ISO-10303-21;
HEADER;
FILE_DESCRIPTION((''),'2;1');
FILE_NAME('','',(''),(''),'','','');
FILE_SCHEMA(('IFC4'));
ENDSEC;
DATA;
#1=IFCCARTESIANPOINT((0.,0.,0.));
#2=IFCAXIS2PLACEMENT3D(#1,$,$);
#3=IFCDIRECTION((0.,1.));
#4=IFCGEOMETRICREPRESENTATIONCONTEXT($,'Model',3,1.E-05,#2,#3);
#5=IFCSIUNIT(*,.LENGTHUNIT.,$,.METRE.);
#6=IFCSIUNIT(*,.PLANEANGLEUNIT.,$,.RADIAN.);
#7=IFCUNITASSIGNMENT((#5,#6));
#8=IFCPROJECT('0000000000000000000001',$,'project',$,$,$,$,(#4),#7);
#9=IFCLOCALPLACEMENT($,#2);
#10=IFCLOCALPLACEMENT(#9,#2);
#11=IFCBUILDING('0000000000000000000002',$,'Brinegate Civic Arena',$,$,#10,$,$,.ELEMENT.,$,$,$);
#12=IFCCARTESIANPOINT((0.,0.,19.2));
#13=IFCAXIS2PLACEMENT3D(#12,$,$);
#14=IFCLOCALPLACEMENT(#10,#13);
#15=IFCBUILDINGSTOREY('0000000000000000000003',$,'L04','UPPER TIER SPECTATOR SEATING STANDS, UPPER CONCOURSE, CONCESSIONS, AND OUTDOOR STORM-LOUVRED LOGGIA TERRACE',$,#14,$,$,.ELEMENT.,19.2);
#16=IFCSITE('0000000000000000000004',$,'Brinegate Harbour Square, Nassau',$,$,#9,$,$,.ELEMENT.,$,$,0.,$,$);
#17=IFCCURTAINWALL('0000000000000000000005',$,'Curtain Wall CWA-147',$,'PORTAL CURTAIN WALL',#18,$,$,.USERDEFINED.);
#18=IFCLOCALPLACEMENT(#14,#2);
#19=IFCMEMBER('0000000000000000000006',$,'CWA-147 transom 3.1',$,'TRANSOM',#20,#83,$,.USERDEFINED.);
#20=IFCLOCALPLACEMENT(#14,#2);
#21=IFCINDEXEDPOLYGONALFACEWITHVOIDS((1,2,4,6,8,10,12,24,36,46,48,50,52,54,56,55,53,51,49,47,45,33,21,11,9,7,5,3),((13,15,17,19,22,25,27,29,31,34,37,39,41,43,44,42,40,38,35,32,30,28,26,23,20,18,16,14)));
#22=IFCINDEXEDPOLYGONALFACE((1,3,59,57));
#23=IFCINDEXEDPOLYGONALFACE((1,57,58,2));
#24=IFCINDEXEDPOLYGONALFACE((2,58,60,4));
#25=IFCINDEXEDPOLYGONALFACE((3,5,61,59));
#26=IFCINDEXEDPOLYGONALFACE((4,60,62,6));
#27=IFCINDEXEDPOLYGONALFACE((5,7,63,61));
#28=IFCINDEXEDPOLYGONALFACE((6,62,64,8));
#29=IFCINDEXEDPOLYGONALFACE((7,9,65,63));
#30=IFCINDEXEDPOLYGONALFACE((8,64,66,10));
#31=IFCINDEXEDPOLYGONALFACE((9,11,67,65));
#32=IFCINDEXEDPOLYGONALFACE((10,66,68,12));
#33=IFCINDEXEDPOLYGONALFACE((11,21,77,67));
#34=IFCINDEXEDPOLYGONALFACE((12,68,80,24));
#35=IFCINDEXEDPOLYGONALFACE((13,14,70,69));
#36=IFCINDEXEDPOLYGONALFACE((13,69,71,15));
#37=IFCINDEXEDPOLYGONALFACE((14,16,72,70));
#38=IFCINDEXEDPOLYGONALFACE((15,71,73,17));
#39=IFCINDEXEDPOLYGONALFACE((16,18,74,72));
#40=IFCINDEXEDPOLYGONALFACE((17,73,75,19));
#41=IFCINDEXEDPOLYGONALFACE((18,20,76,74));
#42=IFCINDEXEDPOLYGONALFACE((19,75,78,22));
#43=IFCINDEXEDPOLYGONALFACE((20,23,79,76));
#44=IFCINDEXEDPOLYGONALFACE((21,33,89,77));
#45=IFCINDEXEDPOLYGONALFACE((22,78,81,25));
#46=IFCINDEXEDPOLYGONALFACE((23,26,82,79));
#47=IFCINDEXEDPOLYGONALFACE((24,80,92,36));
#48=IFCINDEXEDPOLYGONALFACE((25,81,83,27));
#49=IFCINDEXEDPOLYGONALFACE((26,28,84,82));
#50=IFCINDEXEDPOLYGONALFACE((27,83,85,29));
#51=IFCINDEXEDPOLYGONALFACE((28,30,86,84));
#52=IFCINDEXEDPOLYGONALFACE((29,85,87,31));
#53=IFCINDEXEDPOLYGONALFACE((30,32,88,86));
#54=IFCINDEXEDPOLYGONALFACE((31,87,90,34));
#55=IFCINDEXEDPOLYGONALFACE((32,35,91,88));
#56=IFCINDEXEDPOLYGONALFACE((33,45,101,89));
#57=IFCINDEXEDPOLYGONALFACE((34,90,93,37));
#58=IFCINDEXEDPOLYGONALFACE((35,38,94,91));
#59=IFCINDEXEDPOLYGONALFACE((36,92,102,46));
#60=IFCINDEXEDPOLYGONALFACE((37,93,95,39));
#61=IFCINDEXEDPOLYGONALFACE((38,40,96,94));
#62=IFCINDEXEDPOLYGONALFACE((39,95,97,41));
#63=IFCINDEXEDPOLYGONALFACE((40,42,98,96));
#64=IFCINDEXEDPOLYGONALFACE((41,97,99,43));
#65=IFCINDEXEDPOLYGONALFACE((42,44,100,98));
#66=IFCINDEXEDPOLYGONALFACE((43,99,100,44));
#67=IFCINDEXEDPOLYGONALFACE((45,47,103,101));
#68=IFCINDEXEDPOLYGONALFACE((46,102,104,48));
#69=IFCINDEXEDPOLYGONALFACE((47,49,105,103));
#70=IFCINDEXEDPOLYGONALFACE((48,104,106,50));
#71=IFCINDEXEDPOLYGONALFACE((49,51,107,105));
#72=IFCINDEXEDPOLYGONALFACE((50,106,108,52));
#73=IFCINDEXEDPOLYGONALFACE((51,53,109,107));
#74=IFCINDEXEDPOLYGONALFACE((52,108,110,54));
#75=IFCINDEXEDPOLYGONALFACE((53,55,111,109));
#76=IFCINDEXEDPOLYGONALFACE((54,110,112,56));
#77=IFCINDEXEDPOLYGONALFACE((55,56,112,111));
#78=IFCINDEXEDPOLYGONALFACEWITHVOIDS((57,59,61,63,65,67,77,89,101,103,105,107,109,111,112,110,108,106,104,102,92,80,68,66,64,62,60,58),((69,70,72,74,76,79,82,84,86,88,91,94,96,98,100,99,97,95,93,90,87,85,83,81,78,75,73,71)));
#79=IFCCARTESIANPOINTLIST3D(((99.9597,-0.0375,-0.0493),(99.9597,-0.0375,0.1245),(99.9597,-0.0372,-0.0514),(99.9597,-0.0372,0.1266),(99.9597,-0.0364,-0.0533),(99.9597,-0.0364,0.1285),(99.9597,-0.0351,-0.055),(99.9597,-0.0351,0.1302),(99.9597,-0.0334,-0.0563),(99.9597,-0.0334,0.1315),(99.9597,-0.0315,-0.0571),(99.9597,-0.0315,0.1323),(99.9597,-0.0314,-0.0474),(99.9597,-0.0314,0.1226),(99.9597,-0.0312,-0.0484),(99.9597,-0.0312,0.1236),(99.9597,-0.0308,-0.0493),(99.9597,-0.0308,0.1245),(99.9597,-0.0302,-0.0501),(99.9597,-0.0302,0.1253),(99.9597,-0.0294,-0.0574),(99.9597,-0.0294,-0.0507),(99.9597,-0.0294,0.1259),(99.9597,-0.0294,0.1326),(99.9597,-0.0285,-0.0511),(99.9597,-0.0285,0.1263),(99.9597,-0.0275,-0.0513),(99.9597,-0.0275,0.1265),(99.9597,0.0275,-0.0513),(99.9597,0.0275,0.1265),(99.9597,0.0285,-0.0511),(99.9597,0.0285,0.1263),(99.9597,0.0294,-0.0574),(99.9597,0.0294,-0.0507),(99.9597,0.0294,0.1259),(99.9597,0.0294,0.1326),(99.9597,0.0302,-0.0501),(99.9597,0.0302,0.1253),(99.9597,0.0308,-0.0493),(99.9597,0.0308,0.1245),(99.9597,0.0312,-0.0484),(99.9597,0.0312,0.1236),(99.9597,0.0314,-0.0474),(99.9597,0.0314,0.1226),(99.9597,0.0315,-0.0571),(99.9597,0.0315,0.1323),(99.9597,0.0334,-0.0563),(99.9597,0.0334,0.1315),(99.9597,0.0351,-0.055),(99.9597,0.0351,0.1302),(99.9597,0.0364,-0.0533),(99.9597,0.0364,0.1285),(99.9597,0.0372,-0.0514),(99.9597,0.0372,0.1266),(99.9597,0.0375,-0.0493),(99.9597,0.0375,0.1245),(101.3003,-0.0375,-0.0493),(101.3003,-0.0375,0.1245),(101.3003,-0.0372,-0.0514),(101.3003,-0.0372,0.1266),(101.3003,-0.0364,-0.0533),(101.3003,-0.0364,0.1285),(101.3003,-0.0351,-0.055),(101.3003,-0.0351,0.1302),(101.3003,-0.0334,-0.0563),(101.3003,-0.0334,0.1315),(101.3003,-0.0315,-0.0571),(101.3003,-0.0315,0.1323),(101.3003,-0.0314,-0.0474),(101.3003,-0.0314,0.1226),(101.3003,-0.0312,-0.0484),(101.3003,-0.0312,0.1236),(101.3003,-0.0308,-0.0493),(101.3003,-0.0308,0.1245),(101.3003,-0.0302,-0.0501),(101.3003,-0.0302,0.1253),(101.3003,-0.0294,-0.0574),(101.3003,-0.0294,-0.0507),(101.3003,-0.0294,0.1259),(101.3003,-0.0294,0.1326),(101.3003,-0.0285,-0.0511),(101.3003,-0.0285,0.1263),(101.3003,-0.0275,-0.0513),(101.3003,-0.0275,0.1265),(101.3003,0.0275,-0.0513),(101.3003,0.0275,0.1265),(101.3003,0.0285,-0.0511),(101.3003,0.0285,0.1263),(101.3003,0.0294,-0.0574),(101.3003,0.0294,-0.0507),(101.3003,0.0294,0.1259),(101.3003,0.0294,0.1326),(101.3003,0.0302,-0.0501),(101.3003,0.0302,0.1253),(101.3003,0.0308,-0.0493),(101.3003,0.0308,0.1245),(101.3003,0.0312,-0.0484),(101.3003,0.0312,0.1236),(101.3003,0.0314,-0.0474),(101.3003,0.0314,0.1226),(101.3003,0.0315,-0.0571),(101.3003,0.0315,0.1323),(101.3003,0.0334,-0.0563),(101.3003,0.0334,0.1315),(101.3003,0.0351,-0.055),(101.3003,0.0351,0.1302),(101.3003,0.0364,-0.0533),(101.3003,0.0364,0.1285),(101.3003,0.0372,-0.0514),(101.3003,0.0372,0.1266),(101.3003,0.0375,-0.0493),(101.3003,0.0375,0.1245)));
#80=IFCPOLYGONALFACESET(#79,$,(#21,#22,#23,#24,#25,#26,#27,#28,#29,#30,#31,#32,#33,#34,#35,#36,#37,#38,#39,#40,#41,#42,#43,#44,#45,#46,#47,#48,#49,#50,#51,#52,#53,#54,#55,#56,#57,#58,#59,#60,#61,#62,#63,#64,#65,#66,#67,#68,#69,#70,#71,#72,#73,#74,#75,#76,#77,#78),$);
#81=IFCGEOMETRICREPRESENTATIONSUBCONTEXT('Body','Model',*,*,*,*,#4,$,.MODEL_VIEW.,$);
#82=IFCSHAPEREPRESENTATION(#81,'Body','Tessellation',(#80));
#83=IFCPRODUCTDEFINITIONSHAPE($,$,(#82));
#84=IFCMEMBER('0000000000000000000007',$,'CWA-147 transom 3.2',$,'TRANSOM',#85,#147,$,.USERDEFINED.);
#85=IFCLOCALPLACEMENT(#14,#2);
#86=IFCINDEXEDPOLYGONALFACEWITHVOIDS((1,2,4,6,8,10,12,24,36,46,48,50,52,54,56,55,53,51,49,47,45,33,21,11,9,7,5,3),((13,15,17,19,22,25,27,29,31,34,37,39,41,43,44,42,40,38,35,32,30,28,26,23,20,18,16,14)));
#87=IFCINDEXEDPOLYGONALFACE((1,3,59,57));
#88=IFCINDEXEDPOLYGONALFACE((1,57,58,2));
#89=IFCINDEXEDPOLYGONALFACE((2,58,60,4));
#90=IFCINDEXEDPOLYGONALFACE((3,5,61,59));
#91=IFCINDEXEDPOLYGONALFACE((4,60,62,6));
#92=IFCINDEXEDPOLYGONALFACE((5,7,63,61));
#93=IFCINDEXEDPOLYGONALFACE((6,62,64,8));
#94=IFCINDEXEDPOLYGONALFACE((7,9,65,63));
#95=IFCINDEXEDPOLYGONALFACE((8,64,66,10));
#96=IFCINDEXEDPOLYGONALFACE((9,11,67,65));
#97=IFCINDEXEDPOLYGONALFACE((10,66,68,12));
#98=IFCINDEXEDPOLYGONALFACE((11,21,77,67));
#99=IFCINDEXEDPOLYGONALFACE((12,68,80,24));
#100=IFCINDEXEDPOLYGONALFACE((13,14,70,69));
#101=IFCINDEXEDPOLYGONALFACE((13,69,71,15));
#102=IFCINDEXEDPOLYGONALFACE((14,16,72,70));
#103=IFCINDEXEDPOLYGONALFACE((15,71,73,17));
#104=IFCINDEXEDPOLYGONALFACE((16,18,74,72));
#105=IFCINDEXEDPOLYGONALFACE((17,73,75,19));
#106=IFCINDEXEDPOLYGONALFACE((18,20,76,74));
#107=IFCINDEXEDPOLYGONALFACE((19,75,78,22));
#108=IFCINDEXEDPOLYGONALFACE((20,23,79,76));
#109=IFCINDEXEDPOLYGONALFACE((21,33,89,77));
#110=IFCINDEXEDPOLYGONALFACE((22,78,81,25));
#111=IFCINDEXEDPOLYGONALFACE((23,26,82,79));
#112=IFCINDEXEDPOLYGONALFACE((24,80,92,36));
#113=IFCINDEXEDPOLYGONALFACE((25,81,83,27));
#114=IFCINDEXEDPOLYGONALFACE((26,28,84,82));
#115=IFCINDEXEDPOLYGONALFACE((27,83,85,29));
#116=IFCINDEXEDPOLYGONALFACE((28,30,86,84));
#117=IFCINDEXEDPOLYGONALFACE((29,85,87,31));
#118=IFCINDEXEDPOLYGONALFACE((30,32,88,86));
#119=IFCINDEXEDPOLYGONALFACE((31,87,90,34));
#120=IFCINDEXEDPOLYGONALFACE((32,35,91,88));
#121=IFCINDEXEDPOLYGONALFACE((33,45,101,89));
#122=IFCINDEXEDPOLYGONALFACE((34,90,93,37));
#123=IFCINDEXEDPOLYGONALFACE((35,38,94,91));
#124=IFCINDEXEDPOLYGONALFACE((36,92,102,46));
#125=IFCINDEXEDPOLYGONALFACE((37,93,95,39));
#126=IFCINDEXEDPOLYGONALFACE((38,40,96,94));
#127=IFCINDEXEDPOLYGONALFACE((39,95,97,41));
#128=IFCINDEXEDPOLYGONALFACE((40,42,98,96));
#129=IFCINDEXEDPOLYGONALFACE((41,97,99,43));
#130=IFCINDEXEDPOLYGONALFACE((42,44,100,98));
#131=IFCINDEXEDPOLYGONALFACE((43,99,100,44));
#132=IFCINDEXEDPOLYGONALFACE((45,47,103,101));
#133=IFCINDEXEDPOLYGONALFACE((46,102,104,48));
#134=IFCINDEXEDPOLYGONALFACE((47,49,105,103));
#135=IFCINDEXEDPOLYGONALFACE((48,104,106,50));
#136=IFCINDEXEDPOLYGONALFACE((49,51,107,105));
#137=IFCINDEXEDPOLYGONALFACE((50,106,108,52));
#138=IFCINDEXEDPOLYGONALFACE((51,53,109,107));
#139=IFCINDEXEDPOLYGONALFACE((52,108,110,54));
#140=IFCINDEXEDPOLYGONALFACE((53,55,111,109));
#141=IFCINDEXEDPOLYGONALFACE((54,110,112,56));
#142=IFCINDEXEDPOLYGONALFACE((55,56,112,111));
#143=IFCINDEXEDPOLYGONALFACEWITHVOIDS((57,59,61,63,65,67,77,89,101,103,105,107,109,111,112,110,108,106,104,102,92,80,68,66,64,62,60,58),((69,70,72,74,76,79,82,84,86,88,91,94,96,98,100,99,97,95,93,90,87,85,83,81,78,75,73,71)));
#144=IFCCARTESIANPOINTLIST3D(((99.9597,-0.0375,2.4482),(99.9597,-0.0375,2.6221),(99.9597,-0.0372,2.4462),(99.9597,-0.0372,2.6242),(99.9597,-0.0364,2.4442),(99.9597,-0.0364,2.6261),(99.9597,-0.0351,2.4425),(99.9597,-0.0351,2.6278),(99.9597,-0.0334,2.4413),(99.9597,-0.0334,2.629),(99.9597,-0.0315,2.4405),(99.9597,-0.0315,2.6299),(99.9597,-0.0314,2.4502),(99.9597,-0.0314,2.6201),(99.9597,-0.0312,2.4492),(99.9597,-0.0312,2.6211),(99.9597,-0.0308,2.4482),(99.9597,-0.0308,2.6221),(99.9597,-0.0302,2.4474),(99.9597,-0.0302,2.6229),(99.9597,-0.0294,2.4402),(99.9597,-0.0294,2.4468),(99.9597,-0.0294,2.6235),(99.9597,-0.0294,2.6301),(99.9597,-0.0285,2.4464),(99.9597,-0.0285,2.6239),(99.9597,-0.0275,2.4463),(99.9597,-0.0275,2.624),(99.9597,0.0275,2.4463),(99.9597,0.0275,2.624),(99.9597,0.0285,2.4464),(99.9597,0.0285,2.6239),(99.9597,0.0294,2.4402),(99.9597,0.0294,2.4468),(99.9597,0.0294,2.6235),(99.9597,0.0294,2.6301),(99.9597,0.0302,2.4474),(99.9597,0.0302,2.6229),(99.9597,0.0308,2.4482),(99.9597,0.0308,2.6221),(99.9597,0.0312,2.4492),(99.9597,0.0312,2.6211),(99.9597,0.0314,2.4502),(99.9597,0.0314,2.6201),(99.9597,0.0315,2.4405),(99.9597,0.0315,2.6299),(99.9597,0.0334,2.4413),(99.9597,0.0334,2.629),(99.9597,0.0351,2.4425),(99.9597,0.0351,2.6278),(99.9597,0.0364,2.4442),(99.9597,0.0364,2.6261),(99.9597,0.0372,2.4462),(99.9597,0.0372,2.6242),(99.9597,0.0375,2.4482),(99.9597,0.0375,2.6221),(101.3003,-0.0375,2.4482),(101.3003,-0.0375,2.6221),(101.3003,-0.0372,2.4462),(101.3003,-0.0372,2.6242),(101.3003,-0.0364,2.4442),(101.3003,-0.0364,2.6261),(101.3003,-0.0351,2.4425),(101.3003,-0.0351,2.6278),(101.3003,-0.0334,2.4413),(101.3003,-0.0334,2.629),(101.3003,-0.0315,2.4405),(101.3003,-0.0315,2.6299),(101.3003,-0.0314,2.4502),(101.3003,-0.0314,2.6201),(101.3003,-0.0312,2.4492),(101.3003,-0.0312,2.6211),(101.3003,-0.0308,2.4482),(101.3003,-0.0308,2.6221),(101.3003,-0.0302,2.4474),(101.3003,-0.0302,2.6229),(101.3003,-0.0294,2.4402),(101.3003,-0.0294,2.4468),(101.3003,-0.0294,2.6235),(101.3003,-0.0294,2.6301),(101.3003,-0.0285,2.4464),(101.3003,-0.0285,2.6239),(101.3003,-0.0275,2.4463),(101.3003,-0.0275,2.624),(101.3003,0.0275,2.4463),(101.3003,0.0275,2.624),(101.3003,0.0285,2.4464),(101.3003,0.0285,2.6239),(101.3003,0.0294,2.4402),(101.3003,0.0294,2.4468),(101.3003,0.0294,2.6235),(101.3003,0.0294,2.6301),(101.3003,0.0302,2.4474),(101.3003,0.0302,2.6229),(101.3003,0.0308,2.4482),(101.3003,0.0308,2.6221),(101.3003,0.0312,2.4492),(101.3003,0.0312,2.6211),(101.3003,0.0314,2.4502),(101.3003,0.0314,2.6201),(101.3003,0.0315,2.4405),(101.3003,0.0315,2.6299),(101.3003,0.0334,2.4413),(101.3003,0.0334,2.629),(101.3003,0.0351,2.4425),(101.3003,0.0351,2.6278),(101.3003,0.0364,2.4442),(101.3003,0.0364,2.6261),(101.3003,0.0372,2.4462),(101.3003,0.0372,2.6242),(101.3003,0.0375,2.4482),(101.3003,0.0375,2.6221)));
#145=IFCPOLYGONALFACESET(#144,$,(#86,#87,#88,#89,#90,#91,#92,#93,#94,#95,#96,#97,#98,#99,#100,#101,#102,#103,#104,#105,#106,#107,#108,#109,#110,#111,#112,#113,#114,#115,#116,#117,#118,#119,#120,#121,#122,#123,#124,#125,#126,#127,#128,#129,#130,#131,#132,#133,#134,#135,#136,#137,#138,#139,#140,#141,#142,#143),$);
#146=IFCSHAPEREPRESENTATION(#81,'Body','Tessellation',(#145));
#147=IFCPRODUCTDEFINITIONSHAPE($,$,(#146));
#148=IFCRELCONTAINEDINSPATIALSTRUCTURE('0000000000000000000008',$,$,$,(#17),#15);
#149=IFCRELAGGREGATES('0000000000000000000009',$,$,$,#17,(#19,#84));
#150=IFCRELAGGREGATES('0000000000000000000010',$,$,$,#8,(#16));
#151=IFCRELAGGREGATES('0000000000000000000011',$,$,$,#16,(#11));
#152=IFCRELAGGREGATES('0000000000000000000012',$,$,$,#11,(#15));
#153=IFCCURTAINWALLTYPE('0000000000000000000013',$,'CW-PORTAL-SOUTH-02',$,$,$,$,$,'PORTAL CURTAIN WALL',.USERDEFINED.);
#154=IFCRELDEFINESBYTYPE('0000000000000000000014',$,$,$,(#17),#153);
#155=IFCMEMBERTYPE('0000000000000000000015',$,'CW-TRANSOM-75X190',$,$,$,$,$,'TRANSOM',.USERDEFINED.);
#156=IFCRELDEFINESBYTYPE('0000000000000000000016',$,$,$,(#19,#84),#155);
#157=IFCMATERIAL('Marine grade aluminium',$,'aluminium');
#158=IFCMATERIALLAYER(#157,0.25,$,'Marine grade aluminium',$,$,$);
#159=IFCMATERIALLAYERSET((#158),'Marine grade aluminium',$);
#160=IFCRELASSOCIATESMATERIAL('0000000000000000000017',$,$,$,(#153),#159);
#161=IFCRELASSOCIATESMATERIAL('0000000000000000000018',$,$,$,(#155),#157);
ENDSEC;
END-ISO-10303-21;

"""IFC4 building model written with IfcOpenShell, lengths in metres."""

from ifc_helpers import new_model, si_unit, direction, frame, origin, origin_2d, place, context, subcontext, project, spatial, hollow_rectangle, extrude, material, layer, layer_set, material_profile, profile_set, type_object, element, aggregate, save


model = new_model("IFC4")

# Units and contexts
model_context = context("Model", 3, precision=1e-05, world=origin(), true_north=direction((0.0, 1.0)))
body_context = subcontext(model_context, "Body", "Model", "MODEL_VIEW")
ifc_project = project(units=[si_unit("LENGTHUNIT", "METRE"), si_unit("PLANEANGLEUNIT", "RADIAN")], contexts=[model_context])

# Site, building, storey
site_placement = place(None, origin())
site = spatial("IfcSite", under=ifc_project, at=site_placement, Name="Brinegate Harbour Square, Nassau", CompositionType="ELEMENT", RefElevation=0.0)
building_placement = place(site_placement, origin())
building = spatial("IfcBuilding", under=site, at=building_placement, Name="Brinegate Civic Arena", CompositionType="ELEMENT")
storey_placement = place(building_placement, frame((0.0, 0.0, 19.2)))
storey = spatial("IfcBuildingStorey", under=building, at=storey_placement, Name="L04", Description="UPPER TIER SPECTATOR SEATING STANDS, UPPER CONCOURSE, CONCESSIONS, AND OUTDOOR STORM-LOUVRED LOGGIA TERRACE", CompositionType="ELEMENT", Elevation=19.2)

# Curtain wall, members
ifc_material_1 = material(Name="Marine grade aluminium", Category="aluminium")
ifc_layer_1 = layer(ifc_material_1, 0.25, Name="Marine grade aluminium")
ifc_layer_set_1 = layer_set([ifc_layer_1], Name="Marine grade aluminium")
curtain_wall_type = type_object("IfcCurtainWallType", Name="CW-PORTAL-SOUTH-02", ElementType="PORTAL CURTAIN WALL", PredefinedType="USERDEFINED", material=ifc_layer_set_1)
curtain_wall_placement = place(storey_placement, origin())
curtain_wall = element("IfcCurtainWall", 1, at=curtain_wall_placement, inside=storey, type_object=curtain_wall_type, Name="Curtain Wall CWA-147", ObjectType="PORTAL CURTAIN WALL", PredefinedType="USERDEFINED")
ifc_material_profile_1 = material_profile(ifc_material_1, hollow_rectangle(XDim=0.075, YDim=0.1899, WallThickness=0.0061, InnerFilletRadius=0.0039, OuterFilletRadius=0.0081, at=origin_2d()), Name="TRN75X190")
ifc_profile_set_1 = profile_set([ifc_material_profile_1], Name="Marine grade aluminium")
member_type_1 = type_object("IfcMemberType", Name="CW-TRANSOM-75X190", ElementType="TRANSOM", PredefinedType="USERDEFINED", material=ifc_profile_set_1)
member_1_placement = place(storey_placement, frame((99.9597, 0.0, 0.0376), z_axis=(1.0, 0.0, 0.0), x_axis=(0.0, 1.0, 0.0)))
member_1 = element("IfcMember", 2, at=member_1_placement, type_object=member_type_1, Name="CWA-147 transom 3.1", ObjectType="TRANSOM", PredefinedType="USERDEFINED", context=body_context, shape_type="SweptSolid", body=[
    extrude(hollow_rectangle(XDim=0.075, YDim=0.1899, WallThickness=0.0061, InnerFilletRadius=0.0039, OuterFilletRadius=0.0081, at=origin_2d()), origin(), (0.0, 0.0, 1.0), 1.3406),
])
member_2_placement = place(storey_placement, frame((99.9597, 0.0, 2.5352), z_axis=(1.0, 0.0, 0.0), x_axis=(0.0, 1.0, 0.0)))
member_2 = element("IfcMember", 3, at=member_2_placement, type_object=member_type_1, Name="CWA-147 transom 3.2", ObjectType="TRANSOM", PredefinedType="USERDEFINED", context=body_context, shape_type="SweptSolid", body=[
    extrude(hollow_rectangle(XDim=0.075, YDim=0.1899, WallThickness=0.0061, InnerFilletRadius=0.0039, OuterFilletRadius=0.0081, at=origin_2d()), origin(), (0.0, 0.0, 1.0), 1.3406),
])
aggregate(curtain_wall, [member_1, member_2])

save(model, "model.ifc")
